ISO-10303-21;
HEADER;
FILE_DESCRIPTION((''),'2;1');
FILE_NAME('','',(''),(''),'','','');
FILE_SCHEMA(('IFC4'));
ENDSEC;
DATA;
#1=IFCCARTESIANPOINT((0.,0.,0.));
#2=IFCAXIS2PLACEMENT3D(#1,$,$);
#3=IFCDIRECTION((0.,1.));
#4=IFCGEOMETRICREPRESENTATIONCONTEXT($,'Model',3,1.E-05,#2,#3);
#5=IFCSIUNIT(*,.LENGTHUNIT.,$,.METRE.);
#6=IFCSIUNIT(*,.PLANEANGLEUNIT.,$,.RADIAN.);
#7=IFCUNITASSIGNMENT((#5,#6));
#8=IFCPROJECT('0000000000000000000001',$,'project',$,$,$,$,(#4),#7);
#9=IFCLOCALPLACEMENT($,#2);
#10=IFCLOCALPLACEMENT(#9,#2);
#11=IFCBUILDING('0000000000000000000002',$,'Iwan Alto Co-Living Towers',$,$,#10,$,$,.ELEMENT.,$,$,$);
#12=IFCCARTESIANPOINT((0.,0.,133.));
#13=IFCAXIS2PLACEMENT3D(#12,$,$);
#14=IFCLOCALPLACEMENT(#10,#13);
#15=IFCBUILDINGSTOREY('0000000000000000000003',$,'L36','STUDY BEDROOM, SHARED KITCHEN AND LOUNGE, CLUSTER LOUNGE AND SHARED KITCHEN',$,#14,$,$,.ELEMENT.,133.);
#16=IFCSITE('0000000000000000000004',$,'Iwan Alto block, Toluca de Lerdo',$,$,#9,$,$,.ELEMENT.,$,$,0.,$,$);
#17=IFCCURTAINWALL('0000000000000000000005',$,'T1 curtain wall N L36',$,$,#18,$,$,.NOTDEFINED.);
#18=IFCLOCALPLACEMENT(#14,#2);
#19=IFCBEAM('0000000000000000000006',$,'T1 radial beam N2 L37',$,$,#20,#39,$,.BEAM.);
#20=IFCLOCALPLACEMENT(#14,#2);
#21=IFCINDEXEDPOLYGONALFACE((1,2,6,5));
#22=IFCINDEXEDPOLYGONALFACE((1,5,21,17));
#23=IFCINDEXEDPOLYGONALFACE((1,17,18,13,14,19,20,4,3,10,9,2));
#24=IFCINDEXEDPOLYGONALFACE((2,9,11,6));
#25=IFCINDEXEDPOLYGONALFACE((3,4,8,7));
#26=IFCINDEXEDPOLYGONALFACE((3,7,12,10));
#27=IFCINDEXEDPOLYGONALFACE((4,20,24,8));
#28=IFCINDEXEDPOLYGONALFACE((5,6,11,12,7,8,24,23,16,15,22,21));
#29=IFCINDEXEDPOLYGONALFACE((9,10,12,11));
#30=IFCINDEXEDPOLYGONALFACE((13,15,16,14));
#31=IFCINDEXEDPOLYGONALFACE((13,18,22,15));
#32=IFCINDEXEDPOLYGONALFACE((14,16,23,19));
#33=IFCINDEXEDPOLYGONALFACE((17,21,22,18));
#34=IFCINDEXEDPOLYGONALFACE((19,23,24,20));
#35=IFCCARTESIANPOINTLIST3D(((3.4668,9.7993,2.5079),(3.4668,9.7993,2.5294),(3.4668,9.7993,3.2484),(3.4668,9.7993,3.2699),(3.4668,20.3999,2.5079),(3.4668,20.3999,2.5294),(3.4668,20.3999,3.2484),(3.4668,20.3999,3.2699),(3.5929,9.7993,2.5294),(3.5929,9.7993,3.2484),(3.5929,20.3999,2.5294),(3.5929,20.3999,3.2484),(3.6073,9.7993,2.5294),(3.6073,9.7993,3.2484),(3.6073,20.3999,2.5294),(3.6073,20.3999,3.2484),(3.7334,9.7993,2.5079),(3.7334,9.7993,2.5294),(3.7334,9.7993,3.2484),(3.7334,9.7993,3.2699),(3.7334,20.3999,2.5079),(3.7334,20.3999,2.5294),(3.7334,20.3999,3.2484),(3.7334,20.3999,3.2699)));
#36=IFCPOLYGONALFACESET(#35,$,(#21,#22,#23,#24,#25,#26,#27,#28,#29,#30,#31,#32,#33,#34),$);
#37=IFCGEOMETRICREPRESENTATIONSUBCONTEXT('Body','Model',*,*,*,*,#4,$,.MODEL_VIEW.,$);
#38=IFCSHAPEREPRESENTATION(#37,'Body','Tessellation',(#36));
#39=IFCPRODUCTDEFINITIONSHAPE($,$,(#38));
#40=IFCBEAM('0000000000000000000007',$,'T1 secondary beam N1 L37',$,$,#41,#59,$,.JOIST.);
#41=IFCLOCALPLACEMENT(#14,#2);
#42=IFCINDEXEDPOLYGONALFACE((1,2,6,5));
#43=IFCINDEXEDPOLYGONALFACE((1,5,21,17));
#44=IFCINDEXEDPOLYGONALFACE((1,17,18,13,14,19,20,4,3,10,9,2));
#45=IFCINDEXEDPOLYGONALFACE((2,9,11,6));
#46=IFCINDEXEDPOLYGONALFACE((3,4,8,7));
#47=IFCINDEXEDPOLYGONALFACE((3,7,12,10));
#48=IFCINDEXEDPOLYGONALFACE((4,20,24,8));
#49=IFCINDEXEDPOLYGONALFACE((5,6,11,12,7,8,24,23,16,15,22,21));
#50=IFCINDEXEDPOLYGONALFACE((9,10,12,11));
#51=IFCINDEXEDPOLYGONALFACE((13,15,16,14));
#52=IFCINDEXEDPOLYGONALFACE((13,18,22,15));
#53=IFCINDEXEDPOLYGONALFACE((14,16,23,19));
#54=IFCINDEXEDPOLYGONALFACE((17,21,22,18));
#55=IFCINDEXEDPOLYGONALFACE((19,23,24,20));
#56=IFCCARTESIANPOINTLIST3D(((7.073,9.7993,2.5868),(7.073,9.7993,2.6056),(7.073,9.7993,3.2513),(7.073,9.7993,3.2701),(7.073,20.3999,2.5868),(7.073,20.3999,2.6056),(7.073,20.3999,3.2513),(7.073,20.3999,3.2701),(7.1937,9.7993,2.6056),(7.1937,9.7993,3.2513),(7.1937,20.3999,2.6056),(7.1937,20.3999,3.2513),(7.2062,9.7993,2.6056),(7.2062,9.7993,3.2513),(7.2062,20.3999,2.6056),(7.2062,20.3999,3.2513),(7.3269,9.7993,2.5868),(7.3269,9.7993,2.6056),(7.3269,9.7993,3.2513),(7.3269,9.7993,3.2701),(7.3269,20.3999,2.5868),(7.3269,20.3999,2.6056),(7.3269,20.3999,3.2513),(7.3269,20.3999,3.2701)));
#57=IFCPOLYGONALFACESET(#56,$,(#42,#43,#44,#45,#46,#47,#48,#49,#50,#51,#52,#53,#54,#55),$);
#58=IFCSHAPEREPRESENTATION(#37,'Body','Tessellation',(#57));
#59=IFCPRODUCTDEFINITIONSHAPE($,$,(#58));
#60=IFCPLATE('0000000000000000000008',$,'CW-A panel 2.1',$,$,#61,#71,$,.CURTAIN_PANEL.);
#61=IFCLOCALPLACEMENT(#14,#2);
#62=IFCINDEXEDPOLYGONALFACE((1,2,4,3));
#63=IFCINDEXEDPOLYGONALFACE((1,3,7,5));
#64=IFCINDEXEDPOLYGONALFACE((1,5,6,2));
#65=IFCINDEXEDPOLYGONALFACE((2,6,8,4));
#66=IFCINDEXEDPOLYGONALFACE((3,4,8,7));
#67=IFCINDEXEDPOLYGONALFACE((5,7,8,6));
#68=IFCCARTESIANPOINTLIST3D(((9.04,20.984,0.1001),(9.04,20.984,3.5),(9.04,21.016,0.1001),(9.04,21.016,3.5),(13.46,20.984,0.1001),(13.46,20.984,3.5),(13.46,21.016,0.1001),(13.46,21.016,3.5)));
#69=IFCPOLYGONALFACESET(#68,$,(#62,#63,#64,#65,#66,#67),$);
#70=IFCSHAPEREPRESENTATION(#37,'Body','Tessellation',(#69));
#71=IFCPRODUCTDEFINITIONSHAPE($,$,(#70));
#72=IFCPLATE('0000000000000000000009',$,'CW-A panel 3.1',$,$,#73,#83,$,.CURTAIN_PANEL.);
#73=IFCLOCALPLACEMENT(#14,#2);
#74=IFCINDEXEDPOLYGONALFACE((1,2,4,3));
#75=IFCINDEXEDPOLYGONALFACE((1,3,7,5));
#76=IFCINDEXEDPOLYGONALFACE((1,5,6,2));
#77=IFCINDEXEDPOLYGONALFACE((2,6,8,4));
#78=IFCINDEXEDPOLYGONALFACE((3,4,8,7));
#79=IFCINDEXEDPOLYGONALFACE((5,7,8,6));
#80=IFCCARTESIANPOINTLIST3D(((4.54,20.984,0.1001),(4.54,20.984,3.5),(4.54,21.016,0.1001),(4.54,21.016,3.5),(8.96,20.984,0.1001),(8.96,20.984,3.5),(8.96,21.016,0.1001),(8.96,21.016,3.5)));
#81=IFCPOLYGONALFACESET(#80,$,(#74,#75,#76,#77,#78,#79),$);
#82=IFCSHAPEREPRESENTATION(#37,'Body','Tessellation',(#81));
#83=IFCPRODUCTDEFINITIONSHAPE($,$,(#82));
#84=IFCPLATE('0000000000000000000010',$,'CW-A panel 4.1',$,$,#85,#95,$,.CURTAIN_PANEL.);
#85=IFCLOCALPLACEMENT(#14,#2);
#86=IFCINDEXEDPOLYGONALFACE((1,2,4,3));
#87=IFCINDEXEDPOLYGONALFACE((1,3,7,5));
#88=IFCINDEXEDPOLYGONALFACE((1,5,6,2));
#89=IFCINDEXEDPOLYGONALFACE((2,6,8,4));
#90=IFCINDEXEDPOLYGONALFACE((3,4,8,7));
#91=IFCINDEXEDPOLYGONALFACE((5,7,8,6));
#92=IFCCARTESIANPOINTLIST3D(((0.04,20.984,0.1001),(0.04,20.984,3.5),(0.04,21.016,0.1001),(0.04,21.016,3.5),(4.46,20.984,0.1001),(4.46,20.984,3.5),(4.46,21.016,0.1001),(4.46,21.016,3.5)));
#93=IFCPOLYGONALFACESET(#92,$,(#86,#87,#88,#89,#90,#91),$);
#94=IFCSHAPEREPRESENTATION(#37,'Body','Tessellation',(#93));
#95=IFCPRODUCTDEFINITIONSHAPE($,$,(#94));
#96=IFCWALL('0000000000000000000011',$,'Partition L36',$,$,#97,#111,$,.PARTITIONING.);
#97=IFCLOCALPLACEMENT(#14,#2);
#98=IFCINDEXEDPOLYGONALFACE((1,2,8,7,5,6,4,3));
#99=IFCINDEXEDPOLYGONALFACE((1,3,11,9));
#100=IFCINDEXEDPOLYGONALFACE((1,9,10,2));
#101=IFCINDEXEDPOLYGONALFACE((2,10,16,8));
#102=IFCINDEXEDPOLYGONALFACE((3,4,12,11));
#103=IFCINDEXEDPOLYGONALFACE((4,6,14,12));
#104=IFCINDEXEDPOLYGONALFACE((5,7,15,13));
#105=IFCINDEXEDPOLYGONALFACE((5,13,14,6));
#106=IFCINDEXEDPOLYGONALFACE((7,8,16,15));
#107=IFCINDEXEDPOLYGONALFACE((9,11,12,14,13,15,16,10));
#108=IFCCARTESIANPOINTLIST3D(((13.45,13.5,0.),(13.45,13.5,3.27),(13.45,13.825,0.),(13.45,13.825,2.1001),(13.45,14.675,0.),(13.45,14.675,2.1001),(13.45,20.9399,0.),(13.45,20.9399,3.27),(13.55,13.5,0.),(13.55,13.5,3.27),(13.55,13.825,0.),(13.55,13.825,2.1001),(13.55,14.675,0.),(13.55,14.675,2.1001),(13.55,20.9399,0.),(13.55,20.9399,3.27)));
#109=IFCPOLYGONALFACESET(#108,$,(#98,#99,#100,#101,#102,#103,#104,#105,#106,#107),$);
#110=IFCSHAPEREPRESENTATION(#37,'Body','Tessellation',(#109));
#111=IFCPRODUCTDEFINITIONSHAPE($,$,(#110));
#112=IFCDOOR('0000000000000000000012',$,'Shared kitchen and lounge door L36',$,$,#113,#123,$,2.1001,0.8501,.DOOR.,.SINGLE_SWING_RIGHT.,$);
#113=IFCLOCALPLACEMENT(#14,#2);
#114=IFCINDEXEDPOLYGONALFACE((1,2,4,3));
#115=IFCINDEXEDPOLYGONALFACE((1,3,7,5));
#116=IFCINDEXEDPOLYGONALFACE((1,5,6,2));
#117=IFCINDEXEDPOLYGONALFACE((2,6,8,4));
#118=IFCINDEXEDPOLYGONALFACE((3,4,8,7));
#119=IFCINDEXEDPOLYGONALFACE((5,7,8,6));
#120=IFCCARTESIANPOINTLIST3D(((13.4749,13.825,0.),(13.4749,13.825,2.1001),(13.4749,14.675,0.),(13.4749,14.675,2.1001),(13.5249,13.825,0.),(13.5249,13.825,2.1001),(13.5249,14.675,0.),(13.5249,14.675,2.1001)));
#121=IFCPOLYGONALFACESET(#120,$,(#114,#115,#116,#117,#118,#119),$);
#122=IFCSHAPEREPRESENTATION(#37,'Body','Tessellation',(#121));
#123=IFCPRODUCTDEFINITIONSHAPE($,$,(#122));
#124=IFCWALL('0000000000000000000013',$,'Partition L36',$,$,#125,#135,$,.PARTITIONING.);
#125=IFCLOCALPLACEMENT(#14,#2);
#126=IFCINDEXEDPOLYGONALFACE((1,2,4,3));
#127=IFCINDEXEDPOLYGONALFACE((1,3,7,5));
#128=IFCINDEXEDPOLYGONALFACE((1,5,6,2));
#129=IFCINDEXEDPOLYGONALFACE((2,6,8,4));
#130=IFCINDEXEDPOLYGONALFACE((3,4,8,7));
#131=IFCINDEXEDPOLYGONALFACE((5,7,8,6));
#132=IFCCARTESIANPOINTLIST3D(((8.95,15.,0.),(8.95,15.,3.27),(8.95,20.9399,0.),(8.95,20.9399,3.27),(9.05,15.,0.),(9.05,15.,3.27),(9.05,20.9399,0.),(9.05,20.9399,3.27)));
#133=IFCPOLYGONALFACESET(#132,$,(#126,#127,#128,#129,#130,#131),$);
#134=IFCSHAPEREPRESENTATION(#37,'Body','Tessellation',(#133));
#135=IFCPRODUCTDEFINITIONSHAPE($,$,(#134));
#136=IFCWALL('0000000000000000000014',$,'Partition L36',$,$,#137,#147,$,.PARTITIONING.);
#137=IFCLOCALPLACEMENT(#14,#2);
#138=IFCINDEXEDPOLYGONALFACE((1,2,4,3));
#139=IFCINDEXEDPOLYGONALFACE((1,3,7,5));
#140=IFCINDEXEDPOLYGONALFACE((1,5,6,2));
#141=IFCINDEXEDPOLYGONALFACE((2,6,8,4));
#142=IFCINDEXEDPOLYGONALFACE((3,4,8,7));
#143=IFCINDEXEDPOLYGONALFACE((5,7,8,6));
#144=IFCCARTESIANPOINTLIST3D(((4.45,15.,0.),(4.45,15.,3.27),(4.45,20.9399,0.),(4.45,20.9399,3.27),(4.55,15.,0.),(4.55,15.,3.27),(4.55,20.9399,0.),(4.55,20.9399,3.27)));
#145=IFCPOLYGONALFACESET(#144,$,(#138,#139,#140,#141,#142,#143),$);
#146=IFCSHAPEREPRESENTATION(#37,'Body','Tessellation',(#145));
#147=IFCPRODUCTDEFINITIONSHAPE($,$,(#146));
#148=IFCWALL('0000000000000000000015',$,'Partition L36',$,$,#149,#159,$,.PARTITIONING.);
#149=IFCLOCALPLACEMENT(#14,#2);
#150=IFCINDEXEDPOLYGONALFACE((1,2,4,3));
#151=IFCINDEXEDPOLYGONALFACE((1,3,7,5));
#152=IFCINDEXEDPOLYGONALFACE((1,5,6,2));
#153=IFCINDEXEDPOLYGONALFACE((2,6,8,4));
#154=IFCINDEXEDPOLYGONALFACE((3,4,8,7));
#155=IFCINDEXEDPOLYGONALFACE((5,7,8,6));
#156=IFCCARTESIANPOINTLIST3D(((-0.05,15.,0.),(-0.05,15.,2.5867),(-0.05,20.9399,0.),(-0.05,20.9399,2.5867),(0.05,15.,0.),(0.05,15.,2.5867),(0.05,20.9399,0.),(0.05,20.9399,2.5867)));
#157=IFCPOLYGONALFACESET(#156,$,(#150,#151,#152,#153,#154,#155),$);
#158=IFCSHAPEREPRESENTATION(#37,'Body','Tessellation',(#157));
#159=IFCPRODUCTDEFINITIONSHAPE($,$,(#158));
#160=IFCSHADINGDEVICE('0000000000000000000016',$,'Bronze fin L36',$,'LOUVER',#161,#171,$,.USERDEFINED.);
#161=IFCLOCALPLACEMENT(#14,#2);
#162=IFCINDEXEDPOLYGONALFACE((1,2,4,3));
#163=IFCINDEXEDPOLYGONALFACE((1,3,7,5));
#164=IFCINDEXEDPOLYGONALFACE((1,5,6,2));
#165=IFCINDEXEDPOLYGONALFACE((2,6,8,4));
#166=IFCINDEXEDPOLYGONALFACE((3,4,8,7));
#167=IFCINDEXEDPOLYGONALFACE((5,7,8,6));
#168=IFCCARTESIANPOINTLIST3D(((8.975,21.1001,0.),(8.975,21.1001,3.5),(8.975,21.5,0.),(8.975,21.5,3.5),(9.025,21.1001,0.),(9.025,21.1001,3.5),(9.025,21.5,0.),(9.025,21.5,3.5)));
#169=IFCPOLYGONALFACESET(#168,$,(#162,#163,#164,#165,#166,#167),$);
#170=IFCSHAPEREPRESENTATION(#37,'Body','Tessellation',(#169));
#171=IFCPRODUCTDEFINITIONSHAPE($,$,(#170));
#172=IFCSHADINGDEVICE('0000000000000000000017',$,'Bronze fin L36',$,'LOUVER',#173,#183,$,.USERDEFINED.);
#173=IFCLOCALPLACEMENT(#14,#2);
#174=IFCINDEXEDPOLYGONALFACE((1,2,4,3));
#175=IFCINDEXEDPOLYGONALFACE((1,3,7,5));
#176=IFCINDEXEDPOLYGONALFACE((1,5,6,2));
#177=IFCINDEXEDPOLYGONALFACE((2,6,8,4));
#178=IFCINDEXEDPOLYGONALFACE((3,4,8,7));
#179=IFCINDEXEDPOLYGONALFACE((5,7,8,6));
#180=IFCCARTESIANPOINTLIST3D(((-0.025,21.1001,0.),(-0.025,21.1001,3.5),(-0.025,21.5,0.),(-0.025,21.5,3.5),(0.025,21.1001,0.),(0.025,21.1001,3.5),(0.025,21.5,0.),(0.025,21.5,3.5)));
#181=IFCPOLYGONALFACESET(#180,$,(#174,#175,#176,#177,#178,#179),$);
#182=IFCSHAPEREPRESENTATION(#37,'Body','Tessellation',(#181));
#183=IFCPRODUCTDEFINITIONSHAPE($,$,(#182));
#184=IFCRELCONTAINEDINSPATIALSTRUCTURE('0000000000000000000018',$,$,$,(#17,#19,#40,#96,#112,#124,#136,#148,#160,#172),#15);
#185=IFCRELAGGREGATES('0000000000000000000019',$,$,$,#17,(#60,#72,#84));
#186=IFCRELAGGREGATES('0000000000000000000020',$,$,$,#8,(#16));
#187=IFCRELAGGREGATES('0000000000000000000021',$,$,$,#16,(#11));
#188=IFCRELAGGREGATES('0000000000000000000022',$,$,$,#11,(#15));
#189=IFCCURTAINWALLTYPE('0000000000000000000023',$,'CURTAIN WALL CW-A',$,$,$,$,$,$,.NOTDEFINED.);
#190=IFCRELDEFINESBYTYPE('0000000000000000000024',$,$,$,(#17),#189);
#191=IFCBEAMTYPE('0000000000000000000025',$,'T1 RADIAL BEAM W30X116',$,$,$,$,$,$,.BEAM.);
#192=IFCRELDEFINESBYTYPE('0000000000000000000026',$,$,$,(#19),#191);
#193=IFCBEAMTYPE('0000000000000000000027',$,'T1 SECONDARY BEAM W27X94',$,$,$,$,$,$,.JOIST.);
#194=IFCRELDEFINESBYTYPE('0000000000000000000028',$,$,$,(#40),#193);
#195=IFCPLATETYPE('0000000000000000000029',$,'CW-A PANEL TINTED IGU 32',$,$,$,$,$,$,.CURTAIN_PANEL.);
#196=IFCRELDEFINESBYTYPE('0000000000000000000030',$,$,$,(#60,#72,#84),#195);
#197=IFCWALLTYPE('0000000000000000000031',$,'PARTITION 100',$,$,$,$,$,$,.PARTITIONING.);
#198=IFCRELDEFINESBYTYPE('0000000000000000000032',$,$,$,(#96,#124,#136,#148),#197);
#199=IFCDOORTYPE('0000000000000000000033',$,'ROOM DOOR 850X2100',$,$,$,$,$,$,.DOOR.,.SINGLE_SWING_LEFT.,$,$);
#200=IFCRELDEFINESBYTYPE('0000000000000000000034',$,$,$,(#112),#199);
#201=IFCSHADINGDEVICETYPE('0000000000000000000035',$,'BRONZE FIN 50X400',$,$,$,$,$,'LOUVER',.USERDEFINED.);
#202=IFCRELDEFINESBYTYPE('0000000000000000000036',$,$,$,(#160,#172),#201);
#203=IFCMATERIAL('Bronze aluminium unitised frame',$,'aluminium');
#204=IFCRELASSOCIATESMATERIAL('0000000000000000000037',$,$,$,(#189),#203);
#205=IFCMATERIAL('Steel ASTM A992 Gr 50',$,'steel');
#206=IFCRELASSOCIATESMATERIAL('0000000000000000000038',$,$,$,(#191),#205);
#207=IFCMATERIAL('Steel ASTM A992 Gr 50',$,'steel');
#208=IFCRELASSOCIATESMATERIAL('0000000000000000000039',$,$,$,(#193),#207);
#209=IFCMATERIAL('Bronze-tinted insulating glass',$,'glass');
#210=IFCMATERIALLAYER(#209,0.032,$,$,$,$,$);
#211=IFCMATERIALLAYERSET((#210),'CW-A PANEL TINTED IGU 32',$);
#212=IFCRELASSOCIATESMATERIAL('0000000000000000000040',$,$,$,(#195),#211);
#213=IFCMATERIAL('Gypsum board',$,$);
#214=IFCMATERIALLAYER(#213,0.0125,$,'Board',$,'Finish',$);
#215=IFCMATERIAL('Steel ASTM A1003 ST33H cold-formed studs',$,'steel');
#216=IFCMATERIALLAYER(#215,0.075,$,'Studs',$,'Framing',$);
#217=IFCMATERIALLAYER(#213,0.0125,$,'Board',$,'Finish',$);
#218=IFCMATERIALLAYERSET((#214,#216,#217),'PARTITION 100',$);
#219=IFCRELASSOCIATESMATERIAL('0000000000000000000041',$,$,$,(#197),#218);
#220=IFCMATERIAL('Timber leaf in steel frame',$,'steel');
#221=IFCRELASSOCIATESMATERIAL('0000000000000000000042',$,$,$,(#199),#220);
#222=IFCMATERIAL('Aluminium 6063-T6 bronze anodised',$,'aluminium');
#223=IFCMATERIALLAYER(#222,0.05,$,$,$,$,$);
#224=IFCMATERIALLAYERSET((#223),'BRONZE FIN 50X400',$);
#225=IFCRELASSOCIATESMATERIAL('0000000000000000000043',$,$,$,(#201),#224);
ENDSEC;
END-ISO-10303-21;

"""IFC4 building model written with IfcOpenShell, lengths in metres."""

from ifc_helpers import new_model, si_unit, direction, frame, frame_2d, origin, origin_2d, place, context, subcontext, project, spatial, rectangle, i_section, extrude, material, layer, layer_set, material_profile, profile_set, type_object, element, fill, aggregate, save


model = new_model("IFC4")

# Units and contexts
model_context = context("Model", 3, precision=1e-05, world=origin(), true_north=direction((0.0, 1.0)))
body_context = subcontext(model_context, "Body", "Model", "MODEL_VIEW")
ifc_project = project(units=[si_unit("LENGTHUNIT", "METRE"), si_unit("PLANEANGLEUNIT", "RADIAN")], contexts=[model_context])

# Site, building, storey
site_placement = place(None, origin())
site = spatial("IfcSite", under=ifc_project, at=site_placement, Name="Iwan Alto block, Toluca de Lerdo", CompositionType="ELEMENT", RefElevation=0.0)
building_placement = place(site_placement, origin())
building = spatial("IfcBuilding", under=site, at=building_placement, Name="Iwan Alto Co-Living Towers", CompositionType="ELEMENT")
storey_placement = place(building_placement, frame((0.0, 0.0, 133.0)))
storey = spatial("IfcBuildingStorey", under=building, at=storey_placement, Name="L36", Description="STUDY BEDROOM, SHARED KITCHEN AND LOUNGE, CLUSTER LOUNGE AND SHARED KITCHEN", CompositionType="ELEMENT", Elevation=133.0)

# Curtain wall
ifc_material_1 = material(Name="Bronze aluminium unitised frame", Category="aluminium")
curtain_wall_type = type_object("IfcCurtainWallType", Name="CURTAIN WALL CW-A", PredefinedType="NOTDEFINED", material=ifc_material_1)
curtain_wall_placement = place(storey_placement, origin())
curtain_wall = element("IfcCurtainWall", 1, at=curtain_wall_placement, inside=storey, type_object=curtain_wall_type, Name="T1 curtain wall N L36", PredefinedType="NOTDEFINED")

# Beams
ifc_material_2 = material(Name="Steel ASTM A992 Gr 50", Category="steel")
ifc_material_profile_1 = material_profile(ifc_material_2, i_section(OverallWidth=0.2666, OverallDepth=0.762, WebThickness=0.0144, FlangeThickness=0.0215, at=origin_2d()), Name="W30X116")
ifc_profile_set_1 = profile_set([ifc_material_profile_1], Name="Steel ASTM A992 Gr 50")
beam_type_1 = type_object("IfcBeamType", Name="T1 RADIAL BEAM W30X116", PredefinedType="BEAM", material=ifc_profile_set_1)
beam_1_placement = place(storey_placement, frame((3.6001, 20.3999, 2.8889), z_axis=(0.0, -1.0, 0.0), x_axis=(1.0, 0.0, 0.0)))
element("IfcBeam", 2, at=beam_1_placement, inside=storey, type_object=beam_type_1, Name="T1 radial beam N2 L37", PredefinedType="BEAM", context=body_context, shape_type="SweptSolid", body=[
    extrude(i_section(OverallWidth=0.2666, OverallDepth=0.762, WebThickness=0.0144, FlangeThickness=0.0215, at=origin_2d()), origin(), (0.0, 0.0, 1.0), 10.6006),
])
ifc_material_3 = material(Name="Steel ASTM A992 Gr 50", Category="steel")
ifc_material_profile_2 = material_profile(ifc_material_3, i_section(OverallWidth=0.2539, OverallDepth=0.6833, WebThickness=0.0125, FlangeThickness=0.0188, at=origin_2d()), Name="W27X94")
ifc_profile_set_2 = profile_set([ifc_material_profile_2], Name="Steel ASTM A992 Gr 50")
beam_type_2 = type_object("IfcBeamType", Name="T1 SECONDARY BEAM W27X94", PredefinedType="JOIST", material=ifc_profile_set_2)
beam_2_placement = place(storey_placement, frame((7.2, 20.3999, 2.9285), z_axis=(0.0, -1.0, 0.0), x_axis=(1.0, 0.0, 0.0)))
element("IfcBeam", 3, at=beam_2_placement, inside=storey, type_object=beam_type_2, Name="T1 secondary beam N1 L37", PredefinedType="JOIST", context=body_context, shape_type="SweptSolid", body=[
    extrude(i_section(OverallWidth=0.2539, OverallDepth=0.6833, WebThickness=0.0125, FlangeThickness=0.0188, at=origin_2d()), origin(), (0.0, 0.0, 1.0), 10.6006),
])

# Plates
ifc_material_4 = material(Name="Bronze-tinted insulating glass", Category="glass")
ifc_layer_1 = layer(ifc_material_4, 0.032)
ifc_layer_set_1 = layer_set([ifc_layer_1], Name="CW-A PANEL TINTED IGU 32")
plate_type = type_object("IfcPlateType", Name="CW-A PANEL TINTED IGU 32", PredefinedType="CURTAIN_PANEL", material=ifc_layer_set_1)
plate_1_placement = place(storey_placement, frame((11.25, 21.0, 0.1001), z_axis=(0.0, 0.0, 1.0), x_axis=(-1.0, 0.0, 0.0)))
plate_1 = element("IfcPlate", 4, at=plate_1_placement, type_object=plate_type, Name="CW-A panel 2.1", PredefinedType="CURTAIN_PANEL", context=body_context, shape_type="SweptSolid", body=[
    extrude(rectangle(XDim=4.4199, YDim=0.032, at=origin_2d()), origin(), (0.0, 0.0, 1.0), 3.3999),
])
plate_2_placement = place(storey_placement, frame((6.75, 21.0, 0.1001), z_axis=(0.0, 0.0, 1.0), x_axis=(-1.0, 0.0, 0.0)))
plate_2 = element("IfcPlate", 5, at=plate_2_placement, type_object=plate_type, Name="CW-A panel 3.1", PredefinedType="CURTAIN_PANEL", context=body_context, shape_type="SweptSolid", body=[
    extrude(rectangle(XDim=4.4199, YDim=0.032, at=origin_2d()), origin(), (0.0, 0.0, 1.0), 3.3999),
])
plate_3_placement = place(storey_placement, frame((2.25, 21.0, 0.1001), z_axis=(0.0, 0.0, 1.0), x_axis=(-1.0, 0.0, 0.0)))
plate_3 = element("IfcPlate", 6, at=plate_3_placement, type_object=plate_type, Name="CW-A panel 4.1", PredefinedType="CURTAIN_PANEL", context=body_context, shape_type="SweptSolid", body=[
    extrude(rectangle(XDim=4.4199, YDim=0.032, at=origin_2d()), origin(), (0.0, 0.0, 1.0), 3.3999),
])
aggregate(curtain_wall, [plate_1, plate_2, plate_3])

# Wall, opening, door
ifc_material_5 = material(Name="Gypsum board")
ifc_layer_2 = layer(ifc_material_5, 0.0125, Name="Board", Category="Finish")
ifc_material_6 = material(Name="Steel ASTM A1003 ST33H cold-formed studs", Category="steel")
ifc_layer_3 = layer(ifc_material_6, 0.075, Name="Studs", Category="Framing")
ifc_layer_4 = layer(ifc_material_5, 0.0125, Name="Board", Category="Finish")
ifc_layer_set_2 = layer_set([ifc_layer_2, ifc_layer_3, ifc_layer_4], Name="PARTITION 100")
wall_type = type_object("IfcWallType", Name="PARTITION 100", PredefinedType="PARTITIONING", material=ifc_layer_set_2)
wall_1_placement = place(storey_placement, frame((13.5, 13.5, 0.0), z_axis=(0.0, 0.0, 1.0), x_axis=(0.0, 1.0, 0.0)))
wall_1 = element("IfcWall", 7, at=wall_1_placement, inside=storey, type_object=wall_type, Name="Partition L36", PredefinedType="PARTITIONING", context=body_context, shape_type="SweptSolid", body=[
    extrude(rectangle(XDim=7.4399, YDim=0.1001, at=frame_2d((3.72, 0.0))), origin(), (0.0, 0.0, 1.0), 3.27),
])
opening_placement = place(wall_1_placement, frame((0.325, 0.0, 0.0)))
opening = element("IfcOpeningElement", 8, at=opening_placement, cuts=wall_1, PredefinedType="OPENING", context=body_context, shape_type="SweptSolid", body=[
    extrude(rectangle(XDim=0.8501, YDim=2.1001, at=frame_2d((0.425, 1.05))), frame((0.0, 0.0601, 0.0), z_axis=(0.0, -1.0, 0.0), x_axis=(1.0, 0.0, 0.0)), (0.0, 0.0, 1.0), 0.1201),
])
ifc_material_7 = material(Name="Timber leaf in steel frame", Category="steel")
door_type = type_object("IfcDoorType", Name="ROOM DOOR 850X2100", OperationType="SINGLE_SWING_LEFT", PredefinedType="DOOR", material=ifc_material_7)
door_placement = place(opening_placement, frame((0.8501, 0.0, 0.0), z_axis=(0.0, 0.0, 1.0), x_axis=(-1.0, 0.0, 0.0)))
door = element("IfcDoor", 9, at=door_placement, inside=storey, type_object=door_type, Name="Shared kitchen and lounge door L36", OperationType="SINGLE_SWING_RIGHT", OverallHeight=2.1001, OverallWidth=0.8501, PredefinedType="DOOR", context=body_context, shape_type="SweptSolid", body=[
    extrude(rectangle(XDim=0.8501, YDim=2.1001, at=frame_2d((0.425, 1.05))), frame((0.0, 0.0249, 0.0), z_axis=(0.0, -1.0, 0.0), x_axis=(1.0, 0.0, 0.0)), (0.0, 0.0, 1.0), 0.05),
])
fill(opening, door)

# Walls
for number, where, z_axis, x_axis, name in (
    (10, (9.0, 15.0, 0.0), (0.0, 0.0, 1.0), (0.0, 1.0, 0.0), "Partition L36"),
    (11, (4.5, 15.0, 0.0), (0.0, 0.0, 1.0), (0.0, 1.0, 0.0), "Partition L36"),
):
    element("IfcWall", number, at=place(storey_placement, frame(where, z_axis=z_axis, x_axis=x_axis)), inside=storey, type_object=wall_type, Name=name, PredefinedType="PARTITIONING", context=body_context, shape_type="SweptSolid", body=[
        extrude(rectangle(XDim=5.9399, YDim=0.1001, at=frame_2d((2.97, 0.0))), origin(), (0.0, 0.0, 1.0), 3.27),
    ])
wall_2_placement = place(storey_placement, frame((0.0, 15.0, 0.0), z_axis=(0.0, 0.0, 1.0), x_axis=(0.0, 1.0, 0.0)))
element("IfcWall", 12, at=wall_2_placement, inside=storey, type_object=wall_type, Name="Partition L36", PredefinedType="PARTITIONING", context=body_context, shape_type="SweptSolid", body=[
    extrude(rectangle(XDim=5.9399, YDim=0.1001, at=frame_2d((2.97, 0.0))), origin(), (0.0, 0.0, 1.0), 2.5867),
])

# Shading devices
ifc_material_8 = material(Name="Aluminium 6063-T6 bronze anodised", Category="aluminium")
ifc_layer_5 = layer(ifc_material_8, 0.05)
ifc_layer_set_3 = layer_set([ifc_layer_5], Name="BRONZE FIN 50X400")
shading_device_type = type_object("IfcShadingDeviceType", Name="BRONZE FIN 50X400", ElementType="LOUVER", PredefinedType="USERDEFINED", material=ifc_layer_set_3)
for number, where, z_axis, x_axis, name in (
    (13, (9.0, 21.3, 0.0), (0.0, 0.0, 1.0), (-1.0, 0.0, 0.0), "Bronze fin L36"),
    (14, (0.0, 21.3, 0.0), (0.0, 0.0, 1.0), (-1.0, 0.0, 0.0), "Bronze fin L36"),
):
    element("IfcShadingDevice", number, at=place(storey_placement, frame(where, z_axis=z_axis, x_axis=x_axis)), inside=storey, type_object=shading_device_type, Name=name, ObjectType="LOUVER", PredefinedType="USERDEFINED", context=body_context, shape_type="SweptSolid", body=[
        extrude(rectangle(XDim=0.05, YDim=0.3999, at=origin_2d()), origin(), (0.0, 0.0, 1.0), 3.5),
    ])

save(model, "model.ifc")
